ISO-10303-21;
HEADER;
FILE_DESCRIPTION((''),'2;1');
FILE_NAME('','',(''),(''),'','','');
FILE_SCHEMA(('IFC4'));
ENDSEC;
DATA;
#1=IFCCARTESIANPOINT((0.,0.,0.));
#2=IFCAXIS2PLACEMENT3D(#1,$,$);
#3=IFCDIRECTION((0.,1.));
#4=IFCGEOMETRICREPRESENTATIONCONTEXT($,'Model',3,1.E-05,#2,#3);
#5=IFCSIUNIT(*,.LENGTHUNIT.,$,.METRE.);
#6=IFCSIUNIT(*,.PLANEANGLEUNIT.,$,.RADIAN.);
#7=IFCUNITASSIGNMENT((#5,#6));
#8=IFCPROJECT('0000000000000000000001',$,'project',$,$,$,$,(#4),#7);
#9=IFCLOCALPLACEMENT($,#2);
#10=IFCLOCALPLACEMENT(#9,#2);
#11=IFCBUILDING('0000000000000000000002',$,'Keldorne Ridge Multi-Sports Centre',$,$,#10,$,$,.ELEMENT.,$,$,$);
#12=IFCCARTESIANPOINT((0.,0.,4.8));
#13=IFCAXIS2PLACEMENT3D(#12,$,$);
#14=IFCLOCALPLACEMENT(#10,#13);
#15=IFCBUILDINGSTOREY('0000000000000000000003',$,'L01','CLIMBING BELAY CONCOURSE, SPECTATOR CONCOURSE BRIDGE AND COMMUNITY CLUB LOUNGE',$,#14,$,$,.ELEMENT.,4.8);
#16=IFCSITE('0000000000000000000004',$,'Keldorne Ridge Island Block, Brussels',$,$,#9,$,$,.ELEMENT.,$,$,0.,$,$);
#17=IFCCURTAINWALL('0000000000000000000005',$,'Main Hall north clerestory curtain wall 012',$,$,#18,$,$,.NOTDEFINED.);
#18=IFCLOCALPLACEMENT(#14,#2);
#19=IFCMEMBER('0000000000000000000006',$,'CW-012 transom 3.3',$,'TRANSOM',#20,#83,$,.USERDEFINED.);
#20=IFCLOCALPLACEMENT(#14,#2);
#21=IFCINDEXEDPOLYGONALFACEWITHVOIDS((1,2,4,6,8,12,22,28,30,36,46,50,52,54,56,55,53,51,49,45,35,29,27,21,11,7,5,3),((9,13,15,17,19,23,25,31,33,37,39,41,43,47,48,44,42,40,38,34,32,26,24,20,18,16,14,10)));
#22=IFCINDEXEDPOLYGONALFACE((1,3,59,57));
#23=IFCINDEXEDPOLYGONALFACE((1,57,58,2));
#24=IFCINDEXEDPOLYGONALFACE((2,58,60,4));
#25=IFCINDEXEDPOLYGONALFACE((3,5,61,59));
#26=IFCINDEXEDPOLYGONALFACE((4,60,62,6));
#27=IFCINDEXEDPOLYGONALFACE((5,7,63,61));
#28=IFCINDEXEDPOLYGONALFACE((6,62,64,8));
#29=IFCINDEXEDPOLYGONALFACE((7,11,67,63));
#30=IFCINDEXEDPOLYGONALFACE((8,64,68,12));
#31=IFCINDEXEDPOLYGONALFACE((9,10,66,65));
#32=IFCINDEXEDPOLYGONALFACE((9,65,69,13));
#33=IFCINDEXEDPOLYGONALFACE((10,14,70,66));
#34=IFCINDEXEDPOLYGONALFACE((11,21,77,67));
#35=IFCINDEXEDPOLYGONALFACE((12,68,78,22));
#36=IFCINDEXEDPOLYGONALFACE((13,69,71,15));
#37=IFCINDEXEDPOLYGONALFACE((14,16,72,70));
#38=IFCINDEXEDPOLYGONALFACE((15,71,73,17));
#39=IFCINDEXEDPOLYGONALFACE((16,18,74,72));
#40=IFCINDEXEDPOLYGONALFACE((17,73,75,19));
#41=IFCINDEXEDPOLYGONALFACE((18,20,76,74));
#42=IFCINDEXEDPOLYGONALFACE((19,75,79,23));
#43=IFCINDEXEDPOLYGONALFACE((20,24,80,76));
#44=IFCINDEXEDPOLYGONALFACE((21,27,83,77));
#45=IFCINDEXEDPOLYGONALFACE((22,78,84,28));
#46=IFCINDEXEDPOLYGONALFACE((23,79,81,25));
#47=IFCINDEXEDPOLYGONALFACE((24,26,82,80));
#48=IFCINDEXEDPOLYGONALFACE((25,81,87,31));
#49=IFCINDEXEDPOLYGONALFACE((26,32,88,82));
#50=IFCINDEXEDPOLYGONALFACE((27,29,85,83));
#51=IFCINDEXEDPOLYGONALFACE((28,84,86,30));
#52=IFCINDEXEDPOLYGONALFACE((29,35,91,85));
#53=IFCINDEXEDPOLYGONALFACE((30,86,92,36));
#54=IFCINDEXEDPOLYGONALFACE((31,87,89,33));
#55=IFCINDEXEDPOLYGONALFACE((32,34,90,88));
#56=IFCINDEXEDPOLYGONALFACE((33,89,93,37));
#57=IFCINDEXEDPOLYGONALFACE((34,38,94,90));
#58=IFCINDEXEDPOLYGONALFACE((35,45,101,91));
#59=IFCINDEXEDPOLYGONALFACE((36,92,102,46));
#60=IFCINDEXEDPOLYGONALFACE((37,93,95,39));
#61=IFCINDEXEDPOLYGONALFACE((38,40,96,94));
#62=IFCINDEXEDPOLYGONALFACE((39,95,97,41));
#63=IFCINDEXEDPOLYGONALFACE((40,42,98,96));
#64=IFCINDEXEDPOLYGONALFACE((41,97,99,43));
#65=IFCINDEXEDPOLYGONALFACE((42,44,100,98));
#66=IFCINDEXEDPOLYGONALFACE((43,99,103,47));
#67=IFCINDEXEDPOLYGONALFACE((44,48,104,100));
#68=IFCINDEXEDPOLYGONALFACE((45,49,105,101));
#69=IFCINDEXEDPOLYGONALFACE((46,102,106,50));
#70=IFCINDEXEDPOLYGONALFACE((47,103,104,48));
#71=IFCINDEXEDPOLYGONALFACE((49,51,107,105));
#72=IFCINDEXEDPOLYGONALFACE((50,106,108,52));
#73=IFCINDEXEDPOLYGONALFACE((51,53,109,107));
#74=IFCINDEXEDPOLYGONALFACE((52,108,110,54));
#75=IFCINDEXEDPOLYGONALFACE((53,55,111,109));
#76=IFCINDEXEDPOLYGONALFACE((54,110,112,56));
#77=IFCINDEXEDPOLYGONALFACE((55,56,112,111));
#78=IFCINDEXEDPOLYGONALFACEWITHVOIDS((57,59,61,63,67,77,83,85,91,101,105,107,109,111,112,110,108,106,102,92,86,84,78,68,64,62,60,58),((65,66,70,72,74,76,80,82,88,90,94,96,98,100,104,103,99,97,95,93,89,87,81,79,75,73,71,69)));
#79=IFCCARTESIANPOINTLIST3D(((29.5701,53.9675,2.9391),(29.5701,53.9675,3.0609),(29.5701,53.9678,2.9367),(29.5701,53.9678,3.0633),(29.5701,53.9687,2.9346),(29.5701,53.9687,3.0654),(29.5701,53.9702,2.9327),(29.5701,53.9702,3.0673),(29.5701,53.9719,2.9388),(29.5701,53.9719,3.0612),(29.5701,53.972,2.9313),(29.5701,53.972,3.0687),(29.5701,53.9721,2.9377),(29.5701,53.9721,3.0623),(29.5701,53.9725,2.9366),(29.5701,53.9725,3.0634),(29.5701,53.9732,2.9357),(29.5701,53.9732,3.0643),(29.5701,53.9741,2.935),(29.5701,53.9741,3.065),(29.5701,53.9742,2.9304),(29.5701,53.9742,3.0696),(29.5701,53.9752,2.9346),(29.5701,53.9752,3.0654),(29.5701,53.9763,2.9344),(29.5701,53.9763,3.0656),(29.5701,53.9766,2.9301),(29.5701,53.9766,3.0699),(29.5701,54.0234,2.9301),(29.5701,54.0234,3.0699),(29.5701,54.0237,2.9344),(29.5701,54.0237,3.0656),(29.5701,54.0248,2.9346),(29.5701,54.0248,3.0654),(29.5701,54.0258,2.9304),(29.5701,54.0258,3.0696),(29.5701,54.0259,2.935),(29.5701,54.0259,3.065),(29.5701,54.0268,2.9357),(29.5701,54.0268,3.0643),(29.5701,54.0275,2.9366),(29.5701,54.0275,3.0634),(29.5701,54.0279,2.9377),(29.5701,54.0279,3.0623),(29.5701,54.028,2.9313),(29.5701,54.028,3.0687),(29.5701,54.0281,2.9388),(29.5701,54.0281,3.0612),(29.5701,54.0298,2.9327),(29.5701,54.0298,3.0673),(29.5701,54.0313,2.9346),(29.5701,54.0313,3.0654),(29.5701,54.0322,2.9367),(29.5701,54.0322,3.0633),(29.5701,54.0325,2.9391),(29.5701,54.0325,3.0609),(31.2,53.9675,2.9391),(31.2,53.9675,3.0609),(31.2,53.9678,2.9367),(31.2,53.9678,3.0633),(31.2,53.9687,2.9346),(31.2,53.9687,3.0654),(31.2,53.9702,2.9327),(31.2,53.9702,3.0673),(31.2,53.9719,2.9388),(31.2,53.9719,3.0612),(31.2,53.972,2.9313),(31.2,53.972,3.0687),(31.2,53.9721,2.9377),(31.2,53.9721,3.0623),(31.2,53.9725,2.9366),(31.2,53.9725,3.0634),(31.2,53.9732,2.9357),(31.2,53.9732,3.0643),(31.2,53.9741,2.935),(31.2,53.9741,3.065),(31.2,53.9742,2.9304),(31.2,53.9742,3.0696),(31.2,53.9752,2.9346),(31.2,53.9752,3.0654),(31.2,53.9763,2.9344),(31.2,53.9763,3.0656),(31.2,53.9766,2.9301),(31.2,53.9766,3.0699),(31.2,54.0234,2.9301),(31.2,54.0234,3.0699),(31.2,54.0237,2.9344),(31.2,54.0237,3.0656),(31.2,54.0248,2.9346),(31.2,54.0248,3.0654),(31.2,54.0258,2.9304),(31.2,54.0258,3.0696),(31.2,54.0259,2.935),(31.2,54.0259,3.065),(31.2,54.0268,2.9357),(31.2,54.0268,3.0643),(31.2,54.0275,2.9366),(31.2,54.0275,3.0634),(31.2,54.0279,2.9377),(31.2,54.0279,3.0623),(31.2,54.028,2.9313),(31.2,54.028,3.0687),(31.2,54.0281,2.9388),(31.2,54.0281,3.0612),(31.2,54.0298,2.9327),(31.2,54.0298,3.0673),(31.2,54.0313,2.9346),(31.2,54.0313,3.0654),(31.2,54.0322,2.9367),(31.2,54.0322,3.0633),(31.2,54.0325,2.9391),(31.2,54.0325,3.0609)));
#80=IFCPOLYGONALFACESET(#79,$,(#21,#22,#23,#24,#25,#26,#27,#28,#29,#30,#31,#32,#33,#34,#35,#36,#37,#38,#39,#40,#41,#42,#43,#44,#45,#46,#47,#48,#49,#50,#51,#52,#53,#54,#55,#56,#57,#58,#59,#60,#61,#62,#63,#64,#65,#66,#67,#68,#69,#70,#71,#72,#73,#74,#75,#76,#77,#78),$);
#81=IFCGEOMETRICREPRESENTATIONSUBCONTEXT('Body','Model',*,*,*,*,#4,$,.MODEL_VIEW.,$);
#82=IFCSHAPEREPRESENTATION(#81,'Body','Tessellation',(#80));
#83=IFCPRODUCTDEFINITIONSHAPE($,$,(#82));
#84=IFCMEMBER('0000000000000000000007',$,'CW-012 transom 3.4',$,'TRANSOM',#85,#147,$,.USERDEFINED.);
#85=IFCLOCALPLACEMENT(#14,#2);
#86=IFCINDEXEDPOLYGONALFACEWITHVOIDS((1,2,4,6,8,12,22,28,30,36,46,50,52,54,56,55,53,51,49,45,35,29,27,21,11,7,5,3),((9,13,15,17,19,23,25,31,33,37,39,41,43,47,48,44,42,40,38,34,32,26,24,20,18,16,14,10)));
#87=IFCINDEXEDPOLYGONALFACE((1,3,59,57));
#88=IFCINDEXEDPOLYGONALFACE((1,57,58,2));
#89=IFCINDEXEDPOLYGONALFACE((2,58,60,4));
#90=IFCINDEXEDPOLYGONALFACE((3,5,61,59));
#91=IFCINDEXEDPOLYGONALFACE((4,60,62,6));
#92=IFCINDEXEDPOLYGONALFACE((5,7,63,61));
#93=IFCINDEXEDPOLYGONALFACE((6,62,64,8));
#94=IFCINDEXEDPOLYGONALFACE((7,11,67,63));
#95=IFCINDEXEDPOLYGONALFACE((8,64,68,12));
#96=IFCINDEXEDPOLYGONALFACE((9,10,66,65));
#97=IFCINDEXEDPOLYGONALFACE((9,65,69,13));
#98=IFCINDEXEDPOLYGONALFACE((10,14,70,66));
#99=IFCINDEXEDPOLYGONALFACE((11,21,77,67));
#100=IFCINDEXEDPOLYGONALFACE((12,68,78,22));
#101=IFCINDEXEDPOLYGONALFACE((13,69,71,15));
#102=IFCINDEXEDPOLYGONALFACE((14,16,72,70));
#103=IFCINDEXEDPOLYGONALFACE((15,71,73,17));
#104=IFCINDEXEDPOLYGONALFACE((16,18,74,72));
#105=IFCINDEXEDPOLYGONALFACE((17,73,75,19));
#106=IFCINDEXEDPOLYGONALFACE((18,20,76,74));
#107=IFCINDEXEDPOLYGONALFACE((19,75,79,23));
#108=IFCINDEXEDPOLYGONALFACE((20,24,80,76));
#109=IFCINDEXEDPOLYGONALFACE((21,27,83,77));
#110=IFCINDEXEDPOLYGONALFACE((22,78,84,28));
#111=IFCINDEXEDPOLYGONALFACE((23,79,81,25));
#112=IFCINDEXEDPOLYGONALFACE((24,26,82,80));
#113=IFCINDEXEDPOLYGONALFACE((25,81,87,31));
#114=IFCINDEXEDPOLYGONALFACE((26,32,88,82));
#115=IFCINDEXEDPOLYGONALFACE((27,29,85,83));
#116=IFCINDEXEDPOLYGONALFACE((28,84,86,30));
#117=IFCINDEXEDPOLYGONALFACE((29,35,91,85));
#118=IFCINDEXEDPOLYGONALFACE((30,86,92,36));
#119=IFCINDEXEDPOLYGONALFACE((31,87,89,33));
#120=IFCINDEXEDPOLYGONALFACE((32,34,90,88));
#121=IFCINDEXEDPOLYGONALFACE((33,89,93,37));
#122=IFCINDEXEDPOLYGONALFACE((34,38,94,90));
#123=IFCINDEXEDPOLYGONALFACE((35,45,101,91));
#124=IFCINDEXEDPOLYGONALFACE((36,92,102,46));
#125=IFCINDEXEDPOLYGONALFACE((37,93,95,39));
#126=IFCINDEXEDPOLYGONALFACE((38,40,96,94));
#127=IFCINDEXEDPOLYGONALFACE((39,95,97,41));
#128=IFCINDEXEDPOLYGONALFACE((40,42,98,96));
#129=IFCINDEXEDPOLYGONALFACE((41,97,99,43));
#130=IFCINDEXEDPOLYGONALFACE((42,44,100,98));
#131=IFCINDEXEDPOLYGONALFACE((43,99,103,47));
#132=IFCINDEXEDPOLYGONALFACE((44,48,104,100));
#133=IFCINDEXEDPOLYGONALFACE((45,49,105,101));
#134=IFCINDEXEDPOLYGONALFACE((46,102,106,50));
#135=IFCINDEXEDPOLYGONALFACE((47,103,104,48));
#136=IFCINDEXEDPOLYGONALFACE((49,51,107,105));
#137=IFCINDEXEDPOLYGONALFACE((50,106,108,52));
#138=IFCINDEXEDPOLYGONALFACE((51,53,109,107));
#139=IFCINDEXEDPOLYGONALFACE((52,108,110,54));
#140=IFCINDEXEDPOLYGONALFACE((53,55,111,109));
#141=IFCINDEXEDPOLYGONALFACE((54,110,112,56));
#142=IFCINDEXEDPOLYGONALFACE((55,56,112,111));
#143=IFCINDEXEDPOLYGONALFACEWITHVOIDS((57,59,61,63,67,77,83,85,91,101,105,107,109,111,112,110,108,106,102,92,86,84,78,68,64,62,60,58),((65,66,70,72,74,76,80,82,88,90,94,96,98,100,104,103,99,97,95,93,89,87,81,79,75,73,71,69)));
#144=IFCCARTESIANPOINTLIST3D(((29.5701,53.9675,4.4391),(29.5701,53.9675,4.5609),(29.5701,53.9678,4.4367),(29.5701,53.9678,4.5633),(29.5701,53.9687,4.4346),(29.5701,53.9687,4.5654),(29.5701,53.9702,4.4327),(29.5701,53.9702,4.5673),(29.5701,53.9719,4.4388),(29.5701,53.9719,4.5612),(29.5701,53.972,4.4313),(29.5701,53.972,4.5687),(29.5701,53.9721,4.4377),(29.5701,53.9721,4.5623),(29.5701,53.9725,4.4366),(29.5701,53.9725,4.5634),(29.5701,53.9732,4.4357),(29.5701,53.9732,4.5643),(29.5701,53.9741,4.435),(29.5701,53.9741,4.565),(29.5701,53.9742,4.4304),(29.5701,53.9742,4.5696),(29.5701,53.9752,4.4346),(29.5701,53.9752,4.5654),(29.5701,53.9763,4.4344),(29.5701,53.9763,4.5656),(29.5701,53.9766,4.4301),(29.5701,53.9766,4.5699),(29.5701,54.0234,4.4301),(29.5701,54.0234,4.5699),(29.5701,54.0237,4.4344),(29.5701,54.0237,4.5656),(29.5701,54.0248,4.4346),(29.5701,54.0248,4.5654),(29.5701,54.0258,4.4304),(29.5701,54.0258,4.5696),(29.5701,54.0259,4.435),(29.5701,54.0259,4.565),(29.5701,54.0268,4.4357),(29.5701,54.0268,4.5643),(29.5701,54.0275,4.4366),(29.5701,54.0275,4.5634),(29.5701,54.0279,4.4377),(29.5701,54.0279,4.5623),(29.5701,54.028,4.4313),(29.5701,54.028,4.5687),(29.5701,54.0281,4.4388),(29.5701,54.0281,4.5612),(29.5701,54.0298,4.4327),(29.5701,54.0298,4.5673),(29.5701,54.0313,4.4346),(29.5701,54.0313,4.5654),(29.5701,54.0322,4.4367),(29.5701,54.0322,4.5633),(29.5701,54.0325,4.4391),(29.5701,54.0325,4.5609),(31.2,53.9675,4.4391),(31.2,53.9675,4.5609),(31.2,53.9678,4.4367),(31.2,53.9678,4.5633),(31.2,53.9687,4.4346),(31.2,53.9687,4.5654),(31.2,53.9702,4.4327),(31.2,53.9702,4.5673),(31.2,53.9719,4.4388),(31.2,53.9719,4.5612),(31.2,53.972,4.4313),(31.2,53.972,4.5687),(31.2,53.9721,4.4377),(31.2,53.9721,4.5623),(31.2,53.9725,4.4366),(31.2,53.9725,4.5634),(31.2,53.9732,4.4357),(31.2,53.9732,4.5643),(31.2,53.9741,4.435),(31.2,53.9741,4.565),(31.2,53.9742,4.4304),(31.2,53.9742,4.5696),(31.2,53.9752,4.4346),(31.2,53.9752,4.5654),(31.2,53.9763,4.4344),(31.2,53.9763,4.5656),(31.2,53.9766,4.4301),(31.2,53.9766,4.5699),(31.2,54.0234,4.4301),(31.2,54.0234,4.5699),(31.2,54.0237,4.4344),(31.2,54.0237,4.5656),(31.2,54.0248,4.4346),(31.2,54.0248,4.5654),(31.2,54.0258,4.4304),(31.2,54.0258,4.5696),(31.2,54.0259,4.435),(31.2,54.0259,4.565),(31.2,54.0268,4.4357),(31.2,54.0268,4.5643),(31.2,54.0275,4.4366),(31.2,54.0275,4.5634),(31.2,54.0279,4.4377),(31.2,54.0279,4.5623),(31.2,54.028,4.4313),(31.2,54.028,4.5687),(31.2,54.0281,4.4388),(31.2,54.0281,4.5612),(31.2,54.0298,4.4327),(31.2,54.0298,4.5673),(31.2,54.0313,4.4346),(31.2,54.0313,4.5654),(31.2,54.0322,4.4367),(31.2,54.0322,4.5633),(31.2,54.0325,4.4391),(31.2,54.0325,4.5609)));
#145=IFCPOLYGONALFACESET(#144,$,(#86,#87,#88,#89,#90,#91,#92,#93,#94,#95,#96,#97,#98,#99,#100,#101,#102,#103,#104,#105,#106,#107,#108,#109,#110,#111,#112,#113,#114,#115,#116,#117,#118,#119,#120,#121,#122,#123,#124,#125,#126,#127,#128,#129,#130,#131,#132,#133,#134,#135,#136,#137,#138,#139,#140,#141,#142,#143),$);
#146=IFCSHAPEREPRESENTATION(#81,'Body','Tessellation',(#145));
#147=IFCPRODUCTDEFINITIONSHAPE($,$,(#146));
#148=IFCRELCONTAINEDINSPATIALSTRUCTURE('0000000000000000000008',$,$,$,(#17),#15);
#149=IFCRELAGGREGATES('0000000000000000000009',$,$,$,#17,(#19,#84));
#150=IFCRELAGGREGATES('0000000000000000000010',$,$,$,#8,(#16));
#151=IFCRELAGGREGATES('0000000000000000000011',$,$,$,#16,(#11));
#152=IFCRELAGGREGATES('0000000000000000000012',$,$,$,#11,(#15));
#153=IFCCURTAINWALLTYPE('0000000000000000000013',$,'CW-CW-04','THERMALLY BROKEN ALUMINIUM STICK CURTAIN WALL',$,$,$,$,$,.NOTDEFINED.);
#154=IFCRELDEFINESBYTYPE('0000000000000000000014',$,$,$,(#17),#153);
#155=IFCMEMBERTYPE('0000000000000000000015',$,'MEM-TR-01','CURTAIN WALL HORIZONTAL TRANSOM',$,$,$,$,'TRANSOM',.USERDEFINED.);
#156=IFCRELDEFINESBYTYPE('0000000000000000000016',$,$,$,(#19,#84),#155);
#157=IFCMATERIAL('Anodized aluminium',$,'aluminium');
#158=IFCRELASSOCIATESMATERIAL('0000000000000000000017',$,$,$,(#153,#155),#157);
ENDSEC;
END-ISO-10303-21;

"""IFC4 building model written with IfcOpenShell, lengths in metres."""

from ifc_helpers import new_model, si_unit, direction, frame, origin, origin_2d, place, context, subcontext, project, spatial, hollow_rectangle, extrude, material, material_profile, profile_set, type_object, element, aggregate, save


model = new_model("IFC4")

# Units and contexts
model_context = context("Model", 3, precision=1e-05, world=origin(), true_north=direction((0.0, 1.0)))
body_context = subcontext(model_context, "Body", "Model", "MODEL_VIEW")
ifc_project = project(units=[si_unit("LENGTHUNIT", "METRE"), si_unit("PLANEANGLEUNIT", "RADIAN")], contexts=[model_context])

# Site, building, storey
site_placement = place(None, origin())
site = spatial("IfcSite", under=ifc_project, at=site_placement, Name="Keldorne Ridge Island Block, Brussels", CompositionType="ELEMENT", RefElevation=0.0)
building_placement = place(site_placement, origin())
building = spatial("IfcBuilding", under=site, at=building_placement, Name="Keldorne Ridge Multi-Sports Centre", CompositionType="ELEMENT")
storey_placement = place(building_placement, frame((0.0, 0.0, 4.8)))
storey = spatial("IfcBuildingStorey", under=building, at=storey_placement, Name="L01", Description="CLIMBING BELAY CONCOURSE, SPECTATOR CONCOURSE BRIDGE AND COMMUNITY CLUB LOUNGE", CompositionType="ELEMENT", Elevation=4.8)

# Curtain wall
ifc_material_1 = material(Name="Anodized aluminium", Category="aluminium")
curtain_wall_type_1 = type_object("IfcCurtainWallType", Name="CW-CW-04", Description="THERMALLY BROKEN ALUMINIUM STICK CURTAIN WALL", PredefinedType="NOTDEFINED", material=ifc_material_1)
curtain_wall_1_placement = place(storey_placement, origin())
curtain_wall_1 = element("IfcCurtainWall", 1, at=curtain_wall_1_placement, inside=storey, type_object=curtain_wall_type_1, Name="Main Hall north clerestory curtain wall 012", PredefinedType="NOTDEFINED")

# Members
ifc_material_profile_1 = material_profile(ifc_material_1, hollow_rectangle(XDim=0.0649, YDim=0.1399, WallThickness=0.0044, InnerFilletRadius=0.0044, OuterFilletRadius=0.009, at=origin_2d()), Name="ALU TRANSOM 140x65x4.5")
ifc_profile_set_1 = profile_set([ifc_material_profile_1], Name="Anodized aluminium")
member_type_1 = type_object("IfcMemberType", Name="MEM-TR-01", Description="CURTAIN WALL HORIZONTAL TRANSOM", ElementType="TRANSOM", PredefinedType="USERDEFINED", material=ifc_profile_set_1)
member_1_placement = place(storey_placement, frame((31.2, 54.0, 3.0), z_axis=(-1.0, 0.0, 0.0), x_axis=(0.0, -1.0, 0.0)))
member_1 = element("IfcMember", 2, at=member_1_placement, type_object=member_type_1, Name="CW-012 transom 3.3", ObjectType="TRANSOM", PredefinedType="USERDEFINED", context=body_context, shape_type="SweptSolid", body=[
    extrude(hollow_rectangle(XDim=0.0649, YDim=0.1399, WallThickness=0.0044, InnerFilletRadius=0.0044, OuterFilletRadius=0.009, at=origin_2d()), origin(), (0.0, 0.0, 1.0), 1.6299),
])
member_2_placement = place(storey_placement, frame((31.2, 54.0, 4.5), z_axis=(-1.0, 0.0, 0.0), x_axis=(0.0, -1.0, 0.0)))
member_2 = element("IfcMember", 3, at=member_2_placement, type_object=member_type_1, Name="CW-012 transom 3.4", ObjectType="TRANSOM", PredefinedType="USERDEFINED", context=body_context, shape_type="SweptSolid", body=[
    extrude(hollow_rectangle(XDim=0.0649, YDim=0.1399, WallThickness=0.0044, InnerFilletRadius=0.0044, OuterFilletRadius=0.009, at=origin_2d()), origin(), (0.0, 0.0, 1.0), 1.6299),
])

aggregate(curtain_wall_1, [member_1, member_2])

save(model, "model.ifc")
